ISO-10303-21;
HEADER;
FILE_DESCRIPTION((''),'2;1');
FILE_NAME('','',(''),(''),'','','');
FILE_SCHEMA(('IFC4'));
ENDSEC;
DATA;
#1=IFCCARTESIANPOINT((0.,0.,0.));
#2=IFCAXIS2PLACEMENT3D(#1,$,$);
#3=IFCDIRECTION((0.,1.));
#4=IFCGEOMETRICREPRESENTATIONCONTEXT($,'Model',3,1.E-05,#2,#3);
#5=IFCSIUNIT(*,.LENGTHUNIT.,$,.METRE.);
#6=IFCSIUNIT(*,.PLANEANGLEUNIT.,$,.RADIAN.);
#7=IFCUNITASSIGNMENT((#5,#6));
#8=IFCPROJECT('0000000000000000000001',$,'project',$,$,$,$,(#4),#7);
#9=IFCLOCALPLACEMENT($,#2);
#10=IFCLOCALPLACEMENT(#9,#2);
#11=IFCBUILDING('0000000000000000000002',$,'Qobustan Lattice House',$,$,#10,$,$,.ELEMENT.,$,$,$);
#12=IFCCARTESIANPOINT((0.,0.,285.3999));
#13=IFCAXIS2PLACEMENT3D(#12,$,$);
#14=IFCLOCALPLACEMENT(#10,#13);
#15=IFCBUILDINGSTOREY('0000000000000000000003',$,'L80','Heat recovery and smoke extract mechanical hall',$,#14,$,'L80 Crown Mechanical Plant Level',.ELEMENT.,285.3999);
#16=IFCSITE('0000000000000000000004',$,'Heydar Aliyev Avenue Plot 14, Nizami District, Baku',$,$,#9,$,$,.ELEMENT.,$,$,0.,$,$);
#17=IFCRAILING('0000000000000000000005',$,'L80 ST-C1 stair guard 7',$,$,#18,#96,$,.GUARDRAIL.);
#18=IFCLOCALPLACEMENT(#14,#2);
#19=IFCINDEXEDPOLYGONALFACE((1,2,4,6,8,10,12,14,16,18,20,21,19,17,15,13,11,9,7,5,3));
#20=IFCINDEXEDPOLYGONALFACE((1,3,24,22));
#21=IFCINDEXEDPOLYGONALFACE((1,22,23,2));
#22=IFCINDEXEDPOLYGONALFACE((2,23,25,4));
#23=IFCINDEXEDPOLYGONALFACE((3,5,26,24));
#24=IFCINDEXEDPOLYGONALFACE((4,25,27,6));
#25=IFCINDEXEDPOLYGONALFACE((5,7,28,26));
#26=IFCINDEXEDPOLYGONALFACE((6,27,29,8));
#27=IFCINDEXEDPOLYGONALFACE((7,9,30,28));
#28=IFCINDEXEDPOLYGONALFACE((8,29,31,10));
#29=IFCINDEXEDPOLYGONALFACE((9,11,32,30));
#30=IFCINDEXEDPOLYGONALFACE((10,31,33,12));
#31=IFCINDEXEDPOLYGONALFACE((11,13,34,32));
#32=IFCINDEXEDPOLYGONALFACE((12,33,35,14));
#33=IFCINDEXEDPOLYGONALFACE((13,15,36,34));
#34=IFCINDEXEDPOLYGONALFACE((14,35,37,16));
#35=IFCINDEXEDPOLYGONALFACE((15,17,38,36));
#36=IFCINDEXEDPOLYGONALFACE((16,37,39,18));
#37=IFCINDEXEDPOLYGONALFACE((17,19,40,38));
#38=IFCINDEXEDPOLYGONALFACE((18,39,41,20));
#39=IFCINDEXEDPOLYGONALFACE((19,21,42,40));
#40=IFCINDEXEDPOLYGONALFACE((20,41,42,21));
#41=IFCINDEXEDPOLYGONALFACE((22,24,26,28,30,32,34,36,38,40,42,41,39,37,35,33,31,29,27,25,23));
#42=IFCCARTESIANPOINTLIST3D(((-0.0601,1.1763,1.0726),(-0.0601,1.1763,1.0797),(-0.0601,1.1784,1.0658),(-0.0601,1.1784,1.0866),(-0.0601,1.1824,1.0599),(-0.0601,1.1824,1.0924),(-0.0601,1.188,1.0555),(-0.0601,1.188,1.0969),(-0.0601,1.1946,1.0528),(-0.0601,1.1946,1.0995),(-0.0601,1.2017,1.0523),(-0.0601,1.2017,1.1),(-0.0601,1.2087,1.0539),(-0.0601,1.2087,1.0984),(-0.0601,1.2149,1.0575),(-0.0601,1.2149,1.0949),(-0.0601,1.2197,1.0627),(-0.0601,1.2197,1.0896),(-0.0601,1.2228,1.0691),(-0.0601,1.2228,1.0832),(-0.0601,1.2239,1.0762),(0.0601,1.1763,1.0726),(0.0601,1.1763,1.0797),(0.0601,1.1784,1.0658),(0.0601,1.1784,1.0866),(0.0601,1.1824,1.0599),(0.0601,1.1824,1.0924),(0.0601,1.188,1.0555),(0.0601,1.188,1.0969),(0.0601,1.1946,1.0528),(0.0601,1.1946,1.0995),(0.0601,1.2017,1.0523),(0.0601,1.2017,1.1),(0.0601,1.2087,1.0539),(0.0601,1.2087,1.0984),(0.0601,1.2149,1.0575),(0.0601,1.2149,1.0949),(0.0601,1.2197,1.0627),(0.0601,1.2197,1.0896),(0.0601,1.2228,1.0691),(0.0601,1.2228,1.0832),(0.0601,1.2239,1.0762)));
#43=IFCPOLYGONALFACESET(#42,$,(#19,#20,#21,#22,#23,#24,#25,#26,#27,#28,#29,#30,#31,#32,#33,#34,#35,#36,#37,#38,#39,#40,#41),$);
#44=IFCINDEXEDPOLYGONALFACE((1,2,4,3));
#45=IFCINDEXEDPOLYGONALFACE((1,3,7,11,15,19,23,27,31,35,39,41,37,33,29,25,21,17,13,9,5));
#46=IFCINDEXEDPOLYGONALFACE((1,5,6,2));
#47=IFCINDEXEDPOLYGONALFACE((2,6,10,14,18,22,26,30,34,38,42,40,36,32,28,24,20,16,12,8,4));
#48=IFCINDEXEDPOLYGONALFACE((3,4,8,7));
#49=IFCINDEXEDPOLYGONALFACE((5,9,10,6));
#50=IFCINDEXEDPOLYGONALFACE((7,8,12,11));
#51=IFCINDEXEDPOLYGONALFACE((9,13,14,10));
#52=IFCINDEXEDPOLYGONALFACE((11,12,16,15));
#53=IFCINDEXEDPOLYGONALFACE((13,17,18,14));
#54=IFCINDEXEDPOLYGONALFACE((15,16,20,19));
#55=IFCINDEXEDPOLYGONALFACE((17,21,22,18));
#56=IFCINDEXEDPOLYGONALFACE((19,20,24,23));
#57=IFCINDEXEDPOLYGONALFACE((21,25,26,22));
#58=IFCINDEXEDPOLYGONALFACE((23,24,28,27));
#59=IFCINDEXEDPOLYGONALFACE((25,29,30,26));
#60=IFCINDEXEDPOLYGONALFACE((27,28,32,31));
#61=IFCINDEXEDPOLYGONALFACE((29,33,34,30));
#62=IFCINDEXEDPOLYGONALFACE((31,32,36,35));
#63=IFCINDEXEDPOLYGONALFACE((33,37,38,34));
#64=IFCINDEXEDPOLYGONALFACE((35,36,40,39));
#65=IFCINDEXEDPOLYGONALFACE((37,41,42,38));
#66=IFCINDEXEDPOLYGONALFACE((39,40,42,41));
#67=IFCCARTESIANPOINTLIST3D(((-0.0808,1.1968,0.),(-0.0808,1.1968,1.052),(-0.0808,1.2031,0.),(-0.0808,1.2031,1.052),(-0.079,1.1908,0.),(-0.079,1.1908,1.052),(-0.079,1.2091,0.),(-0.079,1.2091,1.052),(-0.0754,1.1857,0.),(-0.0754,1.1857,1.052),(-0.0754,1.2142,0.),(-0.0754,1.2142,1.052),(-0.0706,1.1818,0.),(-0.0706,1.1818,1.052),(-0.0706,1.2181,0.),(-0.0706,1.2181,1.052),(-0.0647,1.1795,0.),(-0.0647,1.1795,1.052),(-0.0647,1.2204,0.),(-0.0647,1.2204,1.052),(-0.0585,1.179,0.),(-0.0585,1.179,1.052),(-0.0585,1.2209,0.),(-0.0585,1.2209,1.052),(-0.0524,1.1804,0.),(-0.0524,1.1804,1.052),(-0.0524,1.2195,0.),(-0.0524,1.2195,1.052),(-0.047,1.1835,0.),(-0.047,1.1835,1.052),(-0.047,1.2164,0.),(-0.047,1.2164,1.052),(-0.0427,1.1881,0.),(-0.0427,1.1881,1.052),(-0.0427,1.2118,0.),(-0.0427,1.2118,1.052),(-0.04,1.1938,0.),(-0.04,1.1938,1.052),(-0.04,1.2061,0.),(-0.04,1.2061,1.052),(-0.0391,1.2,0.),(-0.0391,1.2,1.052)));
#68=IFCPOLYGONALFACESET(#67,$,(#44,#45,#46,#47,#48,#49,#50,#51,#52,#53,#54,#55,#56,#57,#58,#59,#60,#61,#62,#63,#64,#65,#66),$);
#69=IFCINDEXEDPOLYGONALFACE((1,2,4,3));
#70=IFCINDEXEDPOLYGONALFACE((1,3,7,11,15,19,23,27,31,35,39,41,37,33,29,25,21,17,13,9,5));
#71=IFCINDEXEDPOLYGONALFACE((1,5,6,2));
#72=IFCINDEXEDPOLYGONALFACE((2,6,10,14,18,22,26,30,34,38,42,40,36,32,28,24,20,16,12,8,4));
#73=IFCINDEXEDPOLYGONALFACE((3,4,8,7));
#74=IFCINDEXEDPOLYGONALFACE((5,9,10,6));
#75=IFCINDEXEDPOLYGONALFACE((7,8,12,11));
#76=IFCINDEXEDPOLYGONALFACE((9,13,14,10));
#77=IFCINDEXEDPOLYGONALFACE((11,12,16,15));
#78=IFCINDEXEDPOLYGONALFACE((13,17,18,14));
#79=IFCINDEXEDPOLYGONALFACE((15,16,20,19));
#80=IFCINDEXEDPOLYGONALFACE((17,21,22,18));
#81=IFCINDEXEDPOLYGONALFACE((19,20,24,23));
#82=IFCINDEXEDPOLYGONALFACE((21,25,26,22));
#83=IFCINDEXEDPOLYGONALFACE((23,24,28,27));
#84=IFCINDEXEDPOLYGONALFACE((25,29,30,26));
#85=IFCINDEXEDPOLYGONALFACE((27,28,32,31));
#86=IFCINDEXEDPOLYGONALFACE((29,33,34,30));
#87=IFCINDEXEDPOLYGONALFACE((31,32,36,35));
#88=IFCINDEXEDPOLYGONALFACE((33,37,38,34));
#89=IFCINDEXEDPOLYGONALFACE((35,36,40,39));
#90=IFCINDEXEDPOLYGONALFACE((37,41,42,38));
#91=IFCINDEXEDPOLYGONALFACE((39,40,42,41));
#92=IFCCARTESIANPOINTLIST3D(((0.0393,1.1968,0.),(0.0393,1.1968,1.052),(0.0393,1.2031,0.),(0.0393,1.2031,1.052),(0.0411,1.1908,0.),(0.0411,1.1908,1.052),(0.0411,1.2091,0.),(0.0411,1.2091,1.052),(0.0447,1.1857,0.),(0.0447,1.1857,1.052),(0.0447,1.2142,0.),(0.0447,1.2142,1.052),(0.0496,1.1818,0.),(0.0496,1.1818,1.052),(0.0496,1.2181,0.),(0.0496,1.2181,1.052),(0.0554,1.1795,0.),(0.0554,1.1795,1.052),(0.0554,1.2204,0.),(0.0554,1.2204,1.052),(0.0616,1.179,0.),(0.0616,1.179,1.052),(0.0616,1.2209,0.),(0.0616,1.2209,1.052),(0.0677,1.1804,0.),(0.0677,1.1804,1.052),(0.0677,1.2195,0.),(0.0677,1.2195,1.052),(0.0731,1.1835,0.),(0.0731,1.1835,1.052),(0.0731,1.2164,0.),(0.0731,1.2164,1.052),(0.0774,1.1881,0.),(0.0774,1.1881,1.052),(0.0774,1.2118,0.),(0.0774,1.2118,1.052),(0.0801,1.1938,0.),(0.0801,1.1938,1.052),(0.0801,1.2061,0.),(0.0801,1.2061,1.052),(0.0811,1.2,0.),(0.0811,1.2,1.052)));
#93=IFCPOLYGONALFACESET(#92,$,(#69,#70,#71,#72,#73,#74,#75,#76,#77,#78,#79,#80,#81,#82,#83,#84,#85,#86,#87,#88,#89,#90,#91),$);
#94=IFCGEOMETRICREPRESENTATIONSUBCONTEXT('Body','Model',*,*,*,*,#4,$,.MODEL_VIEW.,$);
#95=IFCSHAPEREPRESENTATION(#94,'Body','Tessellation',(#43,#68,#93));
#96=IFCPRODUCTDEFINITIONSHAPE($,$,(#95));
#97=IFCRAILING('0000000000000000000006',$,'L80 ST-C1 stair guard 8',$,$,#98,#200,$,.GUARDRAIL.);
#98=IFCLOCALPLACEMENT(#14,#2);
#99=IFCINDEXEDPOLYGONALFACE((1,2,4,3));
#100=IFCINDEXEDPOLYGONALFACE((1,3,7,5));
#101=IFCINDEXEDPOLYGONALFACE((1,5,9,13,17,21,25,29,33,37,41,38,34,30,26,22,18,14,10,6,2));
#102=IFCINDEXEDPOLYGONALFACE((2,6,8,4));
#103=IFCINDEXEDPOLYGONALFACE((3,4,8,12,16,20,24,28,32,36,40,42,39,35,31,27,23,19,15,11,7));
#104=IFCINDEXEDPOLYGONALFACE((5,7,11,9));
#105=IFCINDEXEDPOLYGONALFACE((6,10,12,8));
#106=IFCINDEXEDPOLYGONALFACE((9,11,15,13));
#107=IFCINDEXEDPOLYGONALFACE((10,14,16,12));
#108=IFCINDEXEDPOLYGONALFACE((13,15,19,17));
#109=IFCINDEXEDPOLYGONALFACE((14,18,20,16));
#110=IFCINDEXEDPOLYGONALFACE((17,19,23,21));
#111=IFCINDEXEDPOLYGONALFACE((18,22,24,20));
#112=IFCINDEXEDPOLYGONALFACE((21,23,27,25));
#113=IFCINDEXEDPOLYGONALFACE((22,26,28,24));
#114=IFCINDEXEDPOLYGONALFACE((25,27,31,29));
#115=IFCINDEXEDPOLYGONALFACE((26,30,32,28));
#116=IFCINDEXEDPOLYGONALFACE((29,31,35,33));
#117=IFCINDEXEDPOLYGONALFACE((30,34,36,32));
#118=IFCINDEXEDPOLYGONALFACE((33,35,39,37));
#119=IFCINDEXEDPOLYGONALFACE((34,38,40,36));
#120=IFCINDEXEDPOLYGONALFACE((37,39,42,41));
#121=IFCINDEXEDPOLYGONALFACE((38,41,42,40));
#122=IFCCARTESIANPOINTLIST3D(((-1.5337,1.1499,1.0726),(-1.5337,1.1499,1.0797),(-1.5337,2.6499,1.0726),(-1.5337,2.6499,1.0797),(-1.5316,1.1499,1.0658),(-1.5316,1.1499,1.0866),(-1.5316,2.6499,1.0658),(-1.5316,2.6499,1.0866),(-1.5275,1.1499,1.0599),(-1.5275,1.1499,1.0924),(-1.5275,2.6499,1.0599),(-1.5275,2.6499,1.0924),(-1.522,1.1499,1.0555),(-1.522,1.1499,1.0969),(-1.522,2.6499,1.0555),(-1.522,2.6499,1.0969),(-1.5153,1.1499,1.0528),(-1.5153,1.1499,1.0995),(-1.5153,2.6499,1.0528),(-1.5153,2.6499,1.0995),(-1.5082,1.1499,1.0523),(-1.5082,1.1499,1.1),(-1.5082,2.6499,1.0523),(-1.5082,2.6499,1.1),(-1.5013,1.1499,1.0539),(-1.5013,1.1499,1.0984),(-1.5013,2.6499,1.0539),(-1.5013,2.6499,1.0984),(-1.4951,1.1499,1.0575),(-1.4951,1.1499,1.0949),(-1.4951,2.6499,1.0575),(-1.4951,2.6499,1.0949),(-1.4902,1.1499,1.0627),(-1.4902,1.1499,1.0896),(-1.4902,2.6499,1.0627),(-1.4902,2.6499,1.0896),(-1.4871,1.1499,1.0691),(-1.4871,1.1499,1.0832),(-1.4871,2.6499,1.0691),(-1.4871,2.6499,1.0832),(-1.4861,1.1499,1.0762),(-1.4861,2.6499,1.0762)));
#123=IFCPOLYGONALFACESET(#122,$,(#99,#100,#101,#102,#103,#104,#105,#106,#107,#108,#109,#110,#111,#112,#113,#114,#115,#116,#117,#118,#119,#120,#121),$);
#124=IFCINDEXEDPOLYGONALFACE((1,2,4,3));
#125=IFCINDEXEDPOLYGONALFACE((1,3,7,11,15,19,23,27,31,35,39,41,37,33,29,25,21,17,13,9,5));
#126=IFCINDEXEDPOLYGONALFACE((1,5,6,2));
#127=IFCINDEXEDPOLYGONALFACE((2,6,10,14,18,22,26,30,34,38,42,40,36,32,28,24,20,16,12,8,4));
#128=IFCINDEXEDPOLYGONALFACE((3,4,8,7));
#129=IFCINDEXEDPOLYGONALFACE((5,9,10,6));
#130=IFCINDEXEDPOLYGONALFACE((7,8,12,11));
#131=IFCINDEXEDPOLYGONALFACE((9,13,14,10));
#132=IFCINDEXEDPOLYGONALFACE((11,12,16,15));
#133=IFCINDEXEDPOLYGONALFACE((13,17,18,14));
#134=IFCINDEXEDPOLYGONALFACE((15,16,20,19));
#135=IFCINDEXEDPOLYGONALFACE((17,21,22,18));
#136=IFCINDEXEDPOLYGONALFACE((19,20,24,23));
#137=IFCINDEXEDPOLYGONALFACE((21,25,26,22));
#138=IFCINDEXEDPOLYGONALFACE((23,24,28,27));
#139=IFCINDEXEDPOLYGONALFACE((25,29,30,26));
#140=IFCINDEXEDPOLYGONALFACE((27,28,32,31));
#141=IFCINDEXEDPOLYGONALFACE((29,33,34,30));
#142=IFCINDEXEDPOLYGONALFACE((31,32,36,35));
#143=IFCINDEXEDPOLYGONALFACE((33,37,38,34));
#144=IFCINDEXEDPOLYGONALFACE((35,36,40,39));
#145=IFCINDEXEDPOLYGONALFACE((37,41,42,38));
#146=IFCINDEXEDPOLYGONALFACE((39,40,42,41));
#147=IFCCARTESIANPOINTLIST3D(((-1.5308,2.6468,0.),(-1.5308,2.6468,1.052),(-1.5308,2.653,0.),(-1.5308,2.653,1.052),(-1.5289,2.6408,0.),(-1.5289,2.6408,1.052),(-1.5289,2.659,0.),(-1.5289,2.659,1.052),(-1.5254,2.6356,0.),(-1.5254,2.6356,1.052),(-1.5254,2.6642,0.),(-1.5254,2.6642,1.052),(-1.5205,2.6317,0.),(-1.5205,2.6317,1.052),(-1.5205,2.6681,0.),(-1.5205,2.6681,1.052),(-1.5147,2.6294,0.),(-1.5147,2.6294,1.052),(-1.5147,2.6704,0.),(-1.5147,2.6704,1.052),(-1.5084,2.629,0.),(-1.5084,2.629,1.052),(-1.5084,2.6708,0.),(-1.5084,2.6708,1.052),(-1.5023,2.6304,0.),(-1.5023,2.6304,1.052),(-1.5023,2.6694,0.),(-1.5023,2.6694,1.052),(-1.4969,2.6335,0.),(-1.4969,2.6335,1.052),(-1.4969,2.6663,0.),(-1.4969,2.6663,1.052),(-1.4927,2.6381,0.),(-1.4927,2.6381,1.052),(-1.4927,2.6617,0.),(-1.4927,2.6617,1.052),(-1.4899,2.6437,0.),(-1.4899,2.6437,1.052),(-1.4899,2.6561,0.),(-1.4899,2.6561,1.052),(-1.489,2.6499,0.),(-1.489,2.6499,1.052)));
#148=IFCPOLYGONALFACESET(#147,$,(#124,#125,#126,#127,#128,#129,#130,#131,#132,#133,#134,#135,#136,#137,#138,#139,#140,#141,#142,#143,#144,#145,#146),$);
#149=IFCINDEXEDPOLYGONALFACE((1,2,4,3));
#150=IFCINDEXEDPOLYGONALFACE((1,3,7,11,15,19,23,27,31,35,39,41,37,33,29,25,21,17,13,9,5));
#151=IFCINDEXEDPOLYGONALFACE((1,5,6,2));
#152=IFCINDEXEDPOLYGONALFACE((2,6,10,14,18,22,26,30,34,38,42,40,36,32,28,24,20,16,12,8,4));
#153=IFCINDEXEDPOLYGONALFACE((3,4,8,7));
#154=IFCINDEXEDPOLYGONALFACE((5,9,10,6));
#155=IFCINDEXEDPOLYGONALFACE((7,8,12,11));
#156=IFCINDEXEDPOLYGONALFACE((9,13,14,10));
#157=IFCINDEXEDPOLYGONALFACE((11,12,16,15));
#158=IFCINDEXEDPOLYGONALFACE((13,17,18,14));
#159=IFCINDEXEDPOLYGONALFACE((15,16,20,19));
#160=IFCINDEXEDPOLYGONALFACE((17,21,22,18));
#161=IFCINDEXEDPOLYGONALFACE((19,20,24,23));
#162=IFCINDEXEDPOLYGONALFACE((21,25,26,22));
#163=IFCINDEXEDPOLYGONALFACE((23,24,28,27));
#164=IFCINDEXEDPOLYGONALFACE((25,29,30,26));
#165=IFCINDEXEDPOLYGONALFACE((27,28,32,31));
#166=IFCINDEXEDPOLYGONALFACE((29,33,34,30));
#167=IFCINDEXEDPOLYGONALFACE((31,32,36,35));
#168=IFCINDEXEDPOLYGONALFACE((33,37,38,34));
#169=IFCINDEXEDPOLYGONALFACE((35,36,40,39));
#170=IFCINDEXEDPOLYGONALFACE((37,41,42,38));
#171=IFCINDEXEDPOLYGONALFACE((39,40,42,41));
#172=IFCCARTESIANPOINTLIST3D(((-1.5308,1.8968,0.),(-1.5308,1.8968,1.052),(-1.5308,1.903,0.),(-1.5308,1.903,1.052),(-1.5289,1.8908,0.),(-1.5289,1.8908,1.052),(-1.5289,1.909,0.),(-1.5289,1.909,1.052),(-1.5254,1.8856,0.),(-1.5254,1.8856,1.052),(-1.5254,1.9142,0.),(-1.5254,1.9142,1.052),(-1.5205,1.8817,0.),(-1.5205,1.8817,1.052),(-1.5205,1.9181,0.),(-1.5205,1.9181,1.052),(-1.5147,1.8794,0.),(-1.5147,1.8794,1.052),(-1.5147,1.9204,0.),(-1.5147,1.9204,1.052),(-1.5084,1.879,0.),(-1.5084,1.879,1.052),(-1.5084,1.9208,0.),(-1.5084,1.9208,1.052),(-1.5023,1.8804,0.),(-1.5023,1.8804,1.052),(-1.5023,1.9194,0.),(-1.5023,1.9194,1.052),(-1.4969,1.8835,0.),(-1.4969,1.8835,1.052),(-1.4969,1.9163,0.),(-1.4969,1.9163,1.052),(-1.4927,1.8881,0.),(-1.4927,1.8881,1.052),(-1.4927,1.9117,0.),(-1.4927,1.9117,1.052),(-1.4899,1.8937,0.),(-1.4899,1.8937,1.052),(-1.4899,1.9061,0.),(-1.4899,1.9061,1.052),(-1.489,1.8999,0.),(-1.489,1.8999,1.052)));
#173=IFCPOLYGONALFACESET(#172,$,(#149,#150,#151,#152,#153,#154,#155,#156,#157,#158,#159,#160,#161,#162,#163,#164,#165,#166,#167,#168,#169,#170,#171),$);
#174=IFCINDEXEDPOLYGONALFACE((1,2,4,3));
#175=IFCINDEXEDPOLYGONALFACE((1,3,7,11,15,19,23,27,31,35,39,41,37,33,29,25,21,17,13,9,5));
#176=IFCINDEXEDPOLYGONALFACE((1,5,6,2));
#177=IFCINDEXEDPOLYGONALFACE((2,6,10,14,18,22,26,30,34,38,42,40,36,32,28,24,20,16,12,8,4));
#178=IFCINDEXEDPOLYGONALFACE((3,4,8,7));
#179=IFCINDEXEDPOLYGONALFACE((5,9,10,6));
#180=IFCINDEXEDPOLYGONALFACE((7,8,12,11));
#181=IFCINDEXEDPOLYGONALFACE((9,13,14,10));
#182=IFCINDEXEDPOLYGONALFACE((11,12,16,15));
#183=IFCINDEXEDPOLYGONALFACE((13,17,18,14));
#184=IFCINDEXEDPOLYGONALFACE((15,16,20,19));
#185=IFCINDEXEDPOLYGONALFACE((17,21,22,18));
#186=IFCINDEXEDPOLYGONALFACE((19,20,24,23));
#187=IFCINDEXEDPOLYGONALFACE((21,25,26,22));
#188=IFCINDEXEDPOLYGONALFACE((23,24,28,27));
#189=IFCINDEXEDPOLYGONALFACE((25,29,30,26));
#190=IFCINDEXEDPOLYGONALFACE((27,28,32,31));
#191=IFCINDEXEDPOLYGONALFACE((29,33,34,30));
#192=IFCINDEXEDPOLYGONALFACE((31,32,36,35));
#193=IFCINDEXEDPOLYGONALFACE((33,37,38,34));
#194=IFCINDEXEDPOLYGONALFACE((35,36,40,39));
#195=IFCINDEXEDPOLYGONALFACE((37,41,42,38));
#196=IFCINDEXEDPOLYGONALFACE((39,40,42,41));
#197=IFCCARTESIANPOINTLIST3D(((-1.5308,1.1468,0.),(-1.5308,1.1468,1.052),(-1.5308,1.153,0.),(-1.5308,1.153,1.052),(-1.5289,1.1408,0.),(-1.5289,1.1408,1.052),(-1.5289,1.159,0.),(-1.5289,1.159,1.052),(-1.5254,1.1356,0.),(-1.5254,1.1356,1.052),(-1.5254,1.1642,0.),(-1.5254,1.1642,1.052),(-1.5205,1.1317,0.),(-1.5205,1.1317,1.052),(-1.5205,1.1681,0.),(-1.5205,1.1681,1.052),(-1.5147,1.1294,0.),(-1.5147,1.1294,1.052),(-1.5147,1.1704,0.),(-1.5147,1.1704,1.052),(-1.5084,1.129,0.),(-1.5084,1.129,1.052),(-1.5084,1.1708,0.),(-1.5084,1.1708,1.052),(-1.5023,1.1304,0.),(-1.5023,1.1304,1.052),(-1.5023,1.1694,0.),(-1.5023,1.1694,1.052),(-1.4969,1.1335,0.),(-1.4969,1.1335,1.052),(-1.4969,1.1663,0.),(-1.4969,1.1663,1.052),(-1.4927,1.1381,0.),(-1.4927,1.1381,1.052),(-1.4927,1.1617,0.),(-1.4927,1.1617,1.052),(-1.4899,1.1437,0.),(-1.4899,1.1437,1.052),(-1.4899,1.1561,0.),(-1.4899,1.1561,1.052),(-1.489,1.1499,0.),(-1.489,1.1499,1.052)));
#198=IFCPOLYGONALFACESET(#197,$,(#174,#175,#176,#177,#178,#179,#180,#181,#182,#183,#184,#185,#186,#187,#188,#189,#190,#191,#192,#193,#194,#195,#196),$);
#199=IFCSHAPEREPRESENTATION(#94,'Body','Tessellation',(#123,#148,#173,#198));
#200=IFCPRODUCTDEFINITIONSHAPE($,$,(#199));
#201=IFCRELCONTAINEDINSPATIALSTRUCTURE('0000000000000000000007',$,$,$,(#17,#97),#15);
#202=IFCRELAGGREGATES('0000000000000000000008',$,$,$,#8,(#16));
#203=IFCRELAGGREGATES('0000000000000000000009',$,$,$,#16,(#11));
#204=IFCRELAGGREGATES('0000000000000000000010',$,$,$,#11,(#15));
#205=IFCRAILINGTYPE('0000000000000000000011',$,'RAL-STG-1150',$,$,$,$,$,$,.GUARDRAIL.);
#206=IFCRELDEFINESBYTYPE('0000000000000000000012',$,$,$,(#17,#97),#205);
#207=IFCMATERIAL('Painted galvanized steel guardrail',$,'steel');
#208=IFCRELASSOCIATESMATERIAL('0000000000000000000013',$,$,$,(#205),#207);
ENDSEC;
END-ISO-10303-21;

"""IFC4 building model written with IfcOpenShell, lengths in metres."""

from ifc_helpers import new_model, si_unit, direction, frame, origin, origin_2d, place, context, subcontext, project, spatial, circle, extrude, material, type_object, element, save


model = new_model("IFC4")

# Units and contexts
model_context = context("Model", 3, precision=1e-05, world=origin(), true_north=direction((0.0, 1.0)))
body_context = subcontext(model_context, "Body", "Model", "MODEL_VIEW")
ifc_project = project(units=[si_unit("LENGTHUNIT", "METRE"), si_unit("PLANEANGLEUNIT", "RADIAN")], contexts=[model_context])

# Site, building, storey
site_placement = place(None, origin())
site = spatial("IfcSite", under=ifc_project, at=site_placement, Name="Heydar Aliyev Avenue Plot 14, Nizami District, Baku", CompositionType="ELEMENT", RefElevation=0.0)
building_placement = place(site_placement, origin())
building = spatial("IfcBuilding", under=site, at=building_placement, Name="Qobustan Lattice House", CompositionType="ELEMENT")
storey_placement = place(building_placement, frame((0.0, 0.0, 285.3999)))
storey = spatial("IfcBuildingStorey", under=building, at=storey_placement, Name="L80", Description="Heat recovery and smoke extract mechanical hall", LongName="L80 Crown Mechanical Plant Level", CompositionType="ELEMENT", Elevation=285.3999)

# Railings
ifc_material_1 = material(Name="Painted galvanized steel guardrail", Category="steel")
railing_type_1 = type_object("IfcRailingType", Name="RAL-STG-1150", PredefinedType="GUARDRAIL", material=ifc_material_1)
railing_1_placement = place(storey_placement, frame((-0.0601, 1.2, 0.0)))
element("IfcRailing", 1, at=railing_1_placement, inside=storey, type_object=railing_type_1, Name="L80 ST-C1 stair guard 7", PredefinedType="GUARDRAIL", context=body_context, shape_type="SweptSolid", body=[
    extrude(circle(Radius=0.0239, at=origin_2d()), frame((0.0, 0.0, 1.0762), z_axis=(1.0, 0.0, 0.0), x_axis=(0.0, 1.0, 0.0)), (0.0, 0.0, 1.0), 0.1201),
    extrude(circle(Radius=0.021, at=origin_2d()), origin(), (0.0, 0.0, 1.0), 1.052),
    extrude(circle(Radius=0.021, at=origin_2d()), frame((0.1201, 0.0, 0.0)), (0.0, 0.0, 1.0), 1.052),
])
railing_2_placement = place(storey_placement, frame((-1.51, 2.6499, 0.0)))
element("IfcRailing", 2, at=railing_2_placement, inside=storey, type_object=railing_type_1, Name="L80 ST-C1 stair guard 8", PredefinedType="GUARDRAIL", context=body_context, shape_type="SweptSolid", body=[
    extrude(circle(Radius=0.0239, at=origin_2d()), frame((0.0, 0.0, 1.0762), z_axis=(0.0, -1.0, 0.0), x_axis=(1.0, 0.0, 0.0)), (0.0, 0.0, 1.0), 1.5),
    extrude(circle(Radius=0.021, at=origin_2d()), origin(), (0.0, 0.0, 1.0), 1.052),
    extrude(circle(Radius=0.021, at=origin_2d()), frame((0.0, -0.75, 0.0)), (0.0, 0.0, 1.0), 1.052),
    extrude(circle(Radius=0.021, at=origin_2d()), frame((0.0, -1.5, 0.0)), (0.0, 0.0, 1.0), 1.052),
])

save(model, "model.ifc")
